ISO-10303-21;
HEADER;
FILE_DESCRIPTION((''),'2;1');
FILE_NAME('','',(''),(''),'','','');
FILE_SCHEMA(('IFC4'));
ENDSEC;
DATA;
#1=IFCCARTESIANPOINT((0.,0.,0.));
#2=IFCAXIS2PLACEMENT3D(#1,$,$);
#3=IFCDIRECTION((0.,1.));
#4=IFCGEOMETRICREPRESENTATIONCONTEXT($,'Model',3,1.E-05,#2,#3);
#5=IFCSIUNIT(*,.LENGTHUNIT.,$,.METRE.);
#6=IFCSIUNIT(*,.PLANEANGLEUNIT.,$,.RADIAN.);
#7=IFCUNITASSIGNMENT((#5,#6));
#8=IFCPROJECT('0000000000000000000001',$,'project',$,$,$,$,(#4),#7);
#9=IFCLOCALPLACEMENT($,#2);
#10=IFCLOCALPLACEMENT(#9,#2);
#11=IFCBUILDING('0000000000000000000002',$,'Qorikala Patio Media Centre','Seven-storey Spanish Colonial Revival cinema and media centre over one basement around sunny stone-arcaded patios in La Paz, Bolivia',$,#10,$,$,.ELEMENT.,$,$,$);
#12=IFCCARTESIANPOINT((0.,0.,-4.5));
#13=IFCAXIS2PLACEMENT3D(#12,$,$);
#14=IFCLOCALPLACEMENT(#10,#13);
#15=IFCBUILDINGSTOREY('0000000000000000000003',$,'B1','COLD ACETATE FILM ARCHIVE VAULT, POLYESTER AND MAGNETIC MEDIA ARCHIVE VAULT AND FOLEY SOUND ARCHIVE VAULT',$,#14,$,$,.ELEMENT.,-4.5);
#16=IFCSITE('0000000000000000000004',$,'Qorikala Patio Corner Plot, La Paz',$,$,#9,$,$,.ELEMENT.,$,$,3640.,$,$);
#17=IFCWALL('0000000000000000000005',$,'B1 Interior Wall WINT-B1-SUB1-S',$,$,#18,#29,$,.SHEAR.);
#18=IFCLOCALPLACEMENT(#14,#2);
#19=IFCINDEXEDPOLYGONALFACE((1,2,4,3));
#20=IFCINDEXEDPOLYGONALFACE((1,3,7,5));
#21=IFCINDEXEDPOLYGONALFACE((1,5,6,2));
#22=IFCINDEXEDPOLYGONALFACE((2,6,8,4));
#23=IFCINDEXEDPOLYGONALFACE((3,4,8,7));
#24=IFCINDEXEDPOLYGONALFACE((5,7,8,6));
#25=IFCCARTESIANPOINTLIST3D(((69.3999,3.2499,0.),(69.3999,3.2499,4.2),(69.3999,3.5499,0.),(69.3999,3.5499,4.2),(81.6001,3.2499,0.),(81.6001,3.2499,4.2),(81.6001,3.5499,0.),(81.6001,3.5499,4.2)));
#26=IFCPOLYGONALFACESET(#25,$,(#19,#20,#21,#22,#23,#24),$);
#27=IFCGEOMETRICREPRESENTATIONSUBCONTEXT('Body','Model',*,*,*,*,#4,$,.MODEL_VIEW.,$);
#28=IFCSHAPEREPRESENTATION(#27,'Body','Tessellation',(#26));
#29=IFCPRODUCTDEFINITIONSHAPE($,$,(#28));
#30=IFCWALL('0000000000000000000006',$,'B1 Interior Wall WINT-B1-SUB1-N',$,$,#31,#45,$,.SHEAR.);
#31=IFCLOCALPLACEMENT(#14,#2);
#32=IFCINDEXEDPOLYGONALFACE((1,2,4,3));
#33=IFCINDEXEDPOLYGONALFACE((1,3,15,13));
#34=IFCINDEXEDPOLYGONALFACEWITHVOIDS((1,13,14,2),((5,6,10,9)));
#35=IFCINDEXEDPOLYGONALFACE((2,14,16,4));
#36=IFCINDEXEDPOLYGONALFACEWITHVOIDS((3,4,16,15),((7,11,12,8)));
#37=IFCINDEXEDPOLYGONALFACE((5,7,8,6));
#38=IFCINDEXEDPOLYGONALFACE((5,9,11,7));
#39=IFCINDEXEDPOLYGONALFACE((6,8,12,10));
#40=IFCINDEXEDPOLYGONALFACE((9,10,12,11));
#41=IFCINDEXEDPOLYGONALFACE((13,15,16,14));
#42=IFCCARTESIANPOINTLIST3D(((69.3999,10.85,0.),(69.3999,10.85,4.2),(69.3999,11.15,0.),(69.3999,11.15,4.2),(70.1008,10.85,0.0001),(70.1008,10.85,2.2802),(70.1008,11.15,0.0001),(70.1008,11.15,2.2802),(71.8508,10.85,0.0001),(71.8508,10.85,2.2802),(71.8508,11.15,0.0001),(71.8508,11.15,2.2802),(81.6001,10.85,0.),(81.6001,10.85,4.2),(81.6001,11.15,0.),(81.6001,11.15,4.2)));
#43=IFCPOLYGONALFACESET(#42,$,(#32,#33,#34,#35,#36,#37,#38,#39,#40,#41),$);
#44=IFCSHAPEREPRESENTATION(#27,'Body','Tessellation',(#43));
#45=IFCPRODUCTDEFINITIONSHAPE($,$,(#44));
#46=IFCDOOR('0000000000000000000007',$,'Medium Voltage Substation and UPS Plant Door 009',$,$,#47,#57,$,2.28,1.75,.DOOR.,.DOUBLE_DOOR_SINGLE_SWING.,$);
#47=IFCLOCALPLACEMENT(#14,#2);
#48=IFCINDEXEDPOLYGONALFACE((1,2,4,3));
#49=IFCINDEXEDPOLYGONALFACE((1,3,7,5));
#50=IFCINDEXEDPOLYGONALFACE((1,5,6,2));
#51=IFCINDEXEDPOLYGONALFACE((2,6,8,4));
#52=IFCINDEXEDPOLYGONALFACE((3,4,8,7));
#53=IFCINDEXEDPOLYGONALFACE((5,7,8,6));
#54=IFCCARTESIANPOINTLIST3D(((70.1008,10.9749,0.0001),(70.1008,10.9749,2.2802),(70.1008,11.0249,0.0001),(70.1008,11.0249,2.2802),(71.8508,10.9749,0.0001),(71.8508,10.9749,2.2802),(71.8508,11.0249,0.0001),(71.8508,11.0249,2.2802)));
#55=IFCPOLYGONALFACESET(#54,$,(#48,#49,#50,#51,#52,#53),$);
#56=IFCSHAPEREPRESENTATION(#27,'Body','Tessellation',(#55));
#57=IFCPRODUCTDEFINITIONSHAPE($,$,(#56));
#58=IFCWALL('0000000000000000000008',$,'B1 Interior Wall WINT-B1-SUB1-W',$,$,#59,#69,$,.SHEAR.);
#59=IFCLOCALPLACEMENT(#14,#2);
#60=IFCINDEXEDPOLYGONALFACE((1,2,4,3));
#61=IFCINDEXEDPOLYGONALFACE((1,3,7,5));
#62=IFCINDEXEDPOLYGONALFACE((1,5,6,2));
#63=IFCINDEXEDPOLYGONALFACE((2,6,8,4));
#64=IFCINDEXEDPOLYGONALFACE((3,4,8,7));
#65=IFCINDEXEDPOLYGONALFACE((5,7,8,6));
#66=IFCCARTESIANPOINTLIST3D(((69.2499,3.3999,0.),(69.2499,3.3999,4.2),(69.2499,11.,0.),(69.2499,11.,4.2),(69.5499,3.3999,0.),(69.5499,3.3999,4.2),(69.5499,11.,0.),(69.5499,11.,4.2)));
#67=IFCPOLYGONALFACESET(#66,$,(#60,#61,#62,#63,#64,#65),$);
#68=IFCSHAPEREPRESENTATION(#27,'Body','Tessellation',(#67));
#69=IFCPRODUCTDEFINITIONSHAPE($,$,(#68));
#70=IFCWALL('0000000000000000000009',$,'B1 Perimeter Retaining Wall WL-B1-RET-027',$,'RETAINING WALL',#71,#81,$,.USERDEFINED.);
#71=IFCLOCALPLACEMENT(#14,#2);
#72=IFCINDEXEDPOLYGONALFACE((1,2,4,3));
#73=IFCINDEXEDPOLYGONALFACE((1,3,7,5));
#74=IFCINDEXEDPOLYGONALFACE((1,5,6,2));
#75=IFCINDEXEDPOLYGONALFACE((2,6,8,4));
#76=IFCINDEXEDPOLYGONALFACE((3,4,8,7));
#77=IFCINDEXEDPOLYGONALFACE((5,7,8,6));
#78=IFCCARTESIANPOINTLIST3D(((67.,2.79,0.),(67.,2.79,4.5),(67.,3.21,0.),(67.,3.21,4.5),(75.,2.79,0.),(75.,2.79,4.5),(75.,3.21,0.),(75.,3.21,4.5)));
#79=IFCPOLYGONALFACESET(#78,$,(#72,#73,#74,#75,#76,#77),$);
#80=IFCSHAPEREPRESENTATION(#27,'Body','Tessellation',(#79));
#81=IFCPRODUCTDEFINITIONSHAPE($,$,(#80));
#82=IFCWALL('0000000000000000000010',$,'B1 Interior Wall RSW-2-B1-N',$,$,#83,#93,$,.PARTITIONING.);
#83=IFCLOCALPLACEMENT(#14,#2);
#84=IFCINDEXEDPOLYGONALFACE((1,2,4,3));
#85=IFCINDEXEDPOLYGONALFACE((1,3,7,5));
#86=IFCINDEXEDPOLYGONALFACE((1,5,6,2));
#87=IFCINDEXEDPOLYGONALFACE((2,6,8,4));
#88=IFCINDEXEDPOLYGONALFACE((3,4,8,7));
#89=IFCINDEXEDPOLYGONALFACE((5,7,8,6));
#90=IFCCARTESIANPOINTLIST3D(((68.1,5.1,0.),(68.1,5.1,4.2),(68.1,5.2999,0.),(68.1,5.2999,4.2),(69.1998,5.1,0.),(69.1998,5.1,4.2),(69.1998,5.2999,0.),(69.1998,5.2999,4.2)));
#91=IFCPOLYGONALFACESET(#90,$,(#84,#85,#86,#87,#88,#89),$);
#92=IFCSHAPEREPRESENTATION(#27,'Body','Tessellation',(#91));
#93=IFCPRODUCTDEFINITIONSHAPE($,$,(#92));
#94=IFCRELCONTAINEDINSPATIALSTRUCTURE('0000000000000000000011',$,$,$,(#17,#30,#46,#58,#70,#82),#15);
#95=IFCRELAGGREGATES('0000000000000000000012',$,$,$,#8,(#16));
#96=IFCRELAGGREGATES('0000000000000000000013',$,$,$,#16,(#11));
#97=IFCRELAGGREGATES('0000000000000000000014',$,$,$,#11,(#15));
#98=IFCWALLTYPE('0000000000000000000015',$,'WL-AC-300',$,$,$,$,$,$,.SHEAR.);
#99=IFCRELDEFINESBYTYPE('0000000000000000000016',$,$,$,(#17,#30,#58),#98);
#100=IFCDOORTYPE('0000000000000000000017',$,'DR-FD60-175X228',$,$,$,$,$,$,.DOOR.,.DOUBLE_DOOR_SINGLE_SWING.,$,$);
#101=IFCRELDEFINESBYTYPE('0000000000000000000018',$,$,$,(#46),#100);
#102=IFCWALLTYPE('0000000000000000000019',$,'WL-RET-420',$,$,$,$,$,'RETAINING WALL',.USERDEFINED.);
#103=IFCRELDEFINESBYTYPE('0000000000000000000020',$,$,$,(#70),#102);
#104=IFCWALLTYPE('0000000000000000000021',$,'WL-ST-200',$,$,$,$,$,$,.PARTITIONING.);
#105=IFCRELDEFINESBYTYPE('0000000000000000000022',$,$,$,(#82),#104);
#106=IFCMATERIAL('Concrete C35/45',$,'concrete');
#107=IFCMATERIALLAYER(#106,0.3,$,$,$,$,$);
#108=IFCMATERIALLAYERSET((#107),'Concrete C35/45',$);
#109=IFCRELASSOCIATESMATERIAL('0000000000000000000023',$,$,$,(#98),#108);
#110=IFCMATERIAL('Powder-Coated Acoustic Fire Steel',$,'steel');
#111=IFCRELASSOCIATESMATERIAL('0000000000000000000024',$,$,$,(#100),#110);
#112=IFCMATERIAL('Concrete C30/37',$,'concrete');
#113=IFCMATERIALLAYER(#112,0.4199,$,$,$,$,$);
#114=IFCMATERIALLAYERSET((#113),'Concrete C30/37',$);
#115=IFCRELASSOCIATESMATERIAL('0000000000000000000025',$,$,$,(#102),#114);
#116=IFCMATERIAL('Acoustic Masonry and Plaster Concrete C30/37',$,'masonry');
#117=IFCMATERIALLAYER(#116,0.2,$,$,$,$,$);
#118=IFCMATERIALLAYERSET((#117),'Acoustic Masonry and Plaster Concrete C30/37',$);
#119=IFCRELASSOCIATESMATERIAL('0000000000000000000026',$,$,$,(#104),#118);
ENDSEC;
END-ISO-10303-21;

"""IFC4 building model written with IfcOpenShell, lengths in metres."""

from ifc_helpers import new_model, si_unit, direction, frame, frame_2d, origin, place, context, subcontext, project, spatial, rectangle, extrude, material, layer, layer_set, type_object, element, fill, save


model = new_model("IFC4")

# Units and contexts
model_context = context("Model", 3, precision=1e-05, world=origin(), true_north=direction((0.0, 1.0)))
body_context = subcontext(model_context, "Body", "Model", "MODEL_VIEW")
ifc_project = project(units=[si_unit("LENGTHUNIT", "METRE"), si_unit("PLANEANGLEUNIT", "RADIAN")], contexts=[model_context])

# Site, building, storey
site_placement = place(None, origin())
site = spatial("IfcSite", under=ifc_project, at=site_placement, Name="Qorikala Patio Corner Plot, La Paz", CompositionType="ELEMENT", RefElevation=3640.0)
building_placement = place(site_placement, origin())
building = spatial("IfcBuilding", under=site, at=building_placement, Name="Qorikala Patio Media Centre", Description="Seven-storey Spanish Colonial Revival cinema and media centre over one basement around sunny stone-arcaded patios in La Paz, Bolivia", CompositionType="ELEMENT")
storey_placement = place(building_placement, frame((0.0, 0.0, -4.5)))
storey = spatial("IfcBuildingStorey", under=building, at=storey_placement, Name="B1", Description="COLD ACETATE FILM ARCHIVE VAULT, POLYESTER AND MAGNETIC MEDIA ARCHIVE VAULT AND FOLEY SOUND ARCHIVE VAULT", CompositionType="ELEMENT", Elevation=-4.5)

# Shared definitions
ifc_material_1 = material(Name="Concrete C30/37", Category="concrete")

# Shared definitions
ifc_material_2 = material(Name="Concrete C35/45", Category="concrete")

# Shared definitions
ifc_layer_1 = layer(ifc_material_2, 0.3)
ifc_layer_set_1 = layer_set([ifc_layer_1], Name="Concrete C35/45")
wall_type_1 = type_object("IfcWallType", Name="WL-AC-300", PredefinedType="SHEAR", material=ifc_layer_set_1)

# Shared definitions
ifc_material_3 = material(Name="Powder-Coated Acoustic Fire Steel", Category="steel")

# Wall
wall_1_placement = place(storey_placement, frame((69.3999, 3.3999, 0.0), z_axis=(0.0, 0.0, 1.0), x_axis=(1.0, 0.0, 0.0)))
element("IfcWall", 1, at=wall_1_placement, inside=storey, type_object=wall_type_1, Name="B1 Interior Wall WINT-B1-SUB1-S", PredefinedType="SHEAR", context=body_context, shape_type="SweptSolid", body=[
    extrude(rectangle(XDim=12.2002, YDim=0.3, at=frame_2d((6.1001, 0.0))), origin(), (0.0, 0.0, 1.0), 4.2),
])

# Wall, opening, door
wall_2_placement = place(storey_placement, frame((69.3999, 11.0, 0.0), z_axis=(0.0, 0.0, 1.0), x_axis=(1.0, 0.0, 0.0)))
wall_2 = element("IfcWall", 2, at=wall_2_placement, inside=storey, type_object=wall_type_1, Name="B1 Interior Wall WINT-B1-SUB1-N", PredefinedType="SHEAR", context=body_context, shape_type="SweptSolid", body=[
    extrude(rectangle(XDim=12.2002, YDim=0.3, at=frame_2d((6.1001, 0.0))), origin(), (0.0, 0.0, 1.0), 4.2),
])
opening_1_placement = place(wall_2_placement, frame((0.7009, 0.0, 0.0)))
opening_1 = element("IfcOpeningElement", 3, at=opening_1_placement, cuts=wall_2, PredefinedType="OPENING", context=body_context, shape_type="SweptSolid", body=[
    extrude(rectangle(XDim=1.75, YDim=2.28, at=frame_2d((0.875, 1.1401))), frame((0.0, 0.1599, 0.0), z_axis=(0.0, -1.0, 0.0), x_axis=(1.0, 0.0, 0.0)), (0.0, 0.0, 1.0), 0.3201),
])
door_type_1 = type_object("IfcDoorType", Name="DR-FD60-175X228", OperationType="DOUBLE_DOOR_SINGLE_SWING", PredefinedType="DOOR", material=ifc_material_3)
door_1_placement = place(opening_1_placement, origin())
door_1 = element("IfcDoor", 4, at=door_1_placement, inside=storey, type_object=door_type_1, Name="Medium Voltage Substation and UPS Plant Door 009", OperationType="DOUBLE_DOOR_SINGLE_SWING", OverallHeight=2.28, OverallWidth=1.75, PredefinedType="DOOR", context=body_context, shape_type="SweptSolid", body=[
    extrude(rectangle(XDim=1.75, YDim=2.28, at=frame_2d((0.875, 1.1401))), frame((0.0, 0.0249, 0.0), z_axis=(0.0, -1.0, 0.0), x_axis=(1.0, 0.0, 0.0)), (0.0, 0.0, 1.0), 0.05),
])
fill(opening_1, door_1)

# Walls
wall_3_placement = place(storey_placement, frame((69.3999, 3.3999, 0.0), z_axis=(0.0, 0.0, 1.0), x_axis=(0.0, 1.0, 0.0)))
element("IfcWall", 5, at=wall_3_placement, inside=storey, type_object=wall_type_1, Name="B1 Interior Wall WINT-B1-SUB1-W", PredefinedType="SHEAR", context=body_context, shape_type="SweptSolid", body=[
    extrude(rectangle(XDim=7.6001, YDim=0.3, at=frame_2d((3.8, 0.0))), origin(), (0.0, 0.0, 1.0), 4.2),
])
ifc_layer_2 = layer(ifc_material_1, 0.4199)
ifc_layer_set_2 = layer_set([ifc_layer_2], Name="Concrete C30/37")
wall_type_2 = type_object("IfcWallType", Name="WL-RET-420", ElementType="RETAINING WALL", PredefinedType="USERDEFINED", material=ifc_layer_set_2)
wall_4_placement = place(storey_placement, frame((75.0, 3.0, 0.0), z_axis=(0.0, 0.0, 1.0), x_axis=(-1.0, 0.0, 0.0)))
element("IfcWall", 6, at=wall_4_placement, inside=storey, type_object=wall_type_2, Name="B1 Perimeter Retaining Wall WL-B1-RET-027", ObjectType="RETAINING WALL", PredefinedType="USERDEFINED", context=body_context, shape_type="SweptSolid", body=[
    extrude(rectangle(XDim=8.0, YDim=0.4199, at=frame_2d((4.0, 0.0))), origin(), (0.0, 0.0, 1.0), 4.5),
])
ifc_material_4 = material(Name="Acoustic Masonry and Plaster Concrete C30/37", Category="masonry")
ifc_layer_3 = layer(ifc_material_4, 0.2)
ifc_layer_set_3 = layer_set([ifc_layer_3], Name="Acoustic Masonry and Plaster Concrete C30/37")
wall_type_3 = type_object("IfcWallType", Name="WL-ST-200", PredefinedType="PARTITIONING", material=ifc_layer_set_3)
wall_5_placement = place(storey_placement, frame((68.1001, 5.2, 0.0), z_axis=(0.0, 0.0, 1.0), x_axis=(1.0, 0.0, 0.0)))
element("IfcWall", 7, at=wall_5_placement, inside=storey, type_object=wall_type_3, Name="B1 Interior Wall RSW-2-B1-N", PredefinedType="PARTITIONING", context=body_context, shape_type="SweptSolid", body=[
    extrude(rectangle(XDim=1.0999, YDim=0.2, at=frame_2d((0.5498, 0.0))), origin(), (0.0, 0.0, 1.0), 4.2),
])

save(model, "model.ifc")
